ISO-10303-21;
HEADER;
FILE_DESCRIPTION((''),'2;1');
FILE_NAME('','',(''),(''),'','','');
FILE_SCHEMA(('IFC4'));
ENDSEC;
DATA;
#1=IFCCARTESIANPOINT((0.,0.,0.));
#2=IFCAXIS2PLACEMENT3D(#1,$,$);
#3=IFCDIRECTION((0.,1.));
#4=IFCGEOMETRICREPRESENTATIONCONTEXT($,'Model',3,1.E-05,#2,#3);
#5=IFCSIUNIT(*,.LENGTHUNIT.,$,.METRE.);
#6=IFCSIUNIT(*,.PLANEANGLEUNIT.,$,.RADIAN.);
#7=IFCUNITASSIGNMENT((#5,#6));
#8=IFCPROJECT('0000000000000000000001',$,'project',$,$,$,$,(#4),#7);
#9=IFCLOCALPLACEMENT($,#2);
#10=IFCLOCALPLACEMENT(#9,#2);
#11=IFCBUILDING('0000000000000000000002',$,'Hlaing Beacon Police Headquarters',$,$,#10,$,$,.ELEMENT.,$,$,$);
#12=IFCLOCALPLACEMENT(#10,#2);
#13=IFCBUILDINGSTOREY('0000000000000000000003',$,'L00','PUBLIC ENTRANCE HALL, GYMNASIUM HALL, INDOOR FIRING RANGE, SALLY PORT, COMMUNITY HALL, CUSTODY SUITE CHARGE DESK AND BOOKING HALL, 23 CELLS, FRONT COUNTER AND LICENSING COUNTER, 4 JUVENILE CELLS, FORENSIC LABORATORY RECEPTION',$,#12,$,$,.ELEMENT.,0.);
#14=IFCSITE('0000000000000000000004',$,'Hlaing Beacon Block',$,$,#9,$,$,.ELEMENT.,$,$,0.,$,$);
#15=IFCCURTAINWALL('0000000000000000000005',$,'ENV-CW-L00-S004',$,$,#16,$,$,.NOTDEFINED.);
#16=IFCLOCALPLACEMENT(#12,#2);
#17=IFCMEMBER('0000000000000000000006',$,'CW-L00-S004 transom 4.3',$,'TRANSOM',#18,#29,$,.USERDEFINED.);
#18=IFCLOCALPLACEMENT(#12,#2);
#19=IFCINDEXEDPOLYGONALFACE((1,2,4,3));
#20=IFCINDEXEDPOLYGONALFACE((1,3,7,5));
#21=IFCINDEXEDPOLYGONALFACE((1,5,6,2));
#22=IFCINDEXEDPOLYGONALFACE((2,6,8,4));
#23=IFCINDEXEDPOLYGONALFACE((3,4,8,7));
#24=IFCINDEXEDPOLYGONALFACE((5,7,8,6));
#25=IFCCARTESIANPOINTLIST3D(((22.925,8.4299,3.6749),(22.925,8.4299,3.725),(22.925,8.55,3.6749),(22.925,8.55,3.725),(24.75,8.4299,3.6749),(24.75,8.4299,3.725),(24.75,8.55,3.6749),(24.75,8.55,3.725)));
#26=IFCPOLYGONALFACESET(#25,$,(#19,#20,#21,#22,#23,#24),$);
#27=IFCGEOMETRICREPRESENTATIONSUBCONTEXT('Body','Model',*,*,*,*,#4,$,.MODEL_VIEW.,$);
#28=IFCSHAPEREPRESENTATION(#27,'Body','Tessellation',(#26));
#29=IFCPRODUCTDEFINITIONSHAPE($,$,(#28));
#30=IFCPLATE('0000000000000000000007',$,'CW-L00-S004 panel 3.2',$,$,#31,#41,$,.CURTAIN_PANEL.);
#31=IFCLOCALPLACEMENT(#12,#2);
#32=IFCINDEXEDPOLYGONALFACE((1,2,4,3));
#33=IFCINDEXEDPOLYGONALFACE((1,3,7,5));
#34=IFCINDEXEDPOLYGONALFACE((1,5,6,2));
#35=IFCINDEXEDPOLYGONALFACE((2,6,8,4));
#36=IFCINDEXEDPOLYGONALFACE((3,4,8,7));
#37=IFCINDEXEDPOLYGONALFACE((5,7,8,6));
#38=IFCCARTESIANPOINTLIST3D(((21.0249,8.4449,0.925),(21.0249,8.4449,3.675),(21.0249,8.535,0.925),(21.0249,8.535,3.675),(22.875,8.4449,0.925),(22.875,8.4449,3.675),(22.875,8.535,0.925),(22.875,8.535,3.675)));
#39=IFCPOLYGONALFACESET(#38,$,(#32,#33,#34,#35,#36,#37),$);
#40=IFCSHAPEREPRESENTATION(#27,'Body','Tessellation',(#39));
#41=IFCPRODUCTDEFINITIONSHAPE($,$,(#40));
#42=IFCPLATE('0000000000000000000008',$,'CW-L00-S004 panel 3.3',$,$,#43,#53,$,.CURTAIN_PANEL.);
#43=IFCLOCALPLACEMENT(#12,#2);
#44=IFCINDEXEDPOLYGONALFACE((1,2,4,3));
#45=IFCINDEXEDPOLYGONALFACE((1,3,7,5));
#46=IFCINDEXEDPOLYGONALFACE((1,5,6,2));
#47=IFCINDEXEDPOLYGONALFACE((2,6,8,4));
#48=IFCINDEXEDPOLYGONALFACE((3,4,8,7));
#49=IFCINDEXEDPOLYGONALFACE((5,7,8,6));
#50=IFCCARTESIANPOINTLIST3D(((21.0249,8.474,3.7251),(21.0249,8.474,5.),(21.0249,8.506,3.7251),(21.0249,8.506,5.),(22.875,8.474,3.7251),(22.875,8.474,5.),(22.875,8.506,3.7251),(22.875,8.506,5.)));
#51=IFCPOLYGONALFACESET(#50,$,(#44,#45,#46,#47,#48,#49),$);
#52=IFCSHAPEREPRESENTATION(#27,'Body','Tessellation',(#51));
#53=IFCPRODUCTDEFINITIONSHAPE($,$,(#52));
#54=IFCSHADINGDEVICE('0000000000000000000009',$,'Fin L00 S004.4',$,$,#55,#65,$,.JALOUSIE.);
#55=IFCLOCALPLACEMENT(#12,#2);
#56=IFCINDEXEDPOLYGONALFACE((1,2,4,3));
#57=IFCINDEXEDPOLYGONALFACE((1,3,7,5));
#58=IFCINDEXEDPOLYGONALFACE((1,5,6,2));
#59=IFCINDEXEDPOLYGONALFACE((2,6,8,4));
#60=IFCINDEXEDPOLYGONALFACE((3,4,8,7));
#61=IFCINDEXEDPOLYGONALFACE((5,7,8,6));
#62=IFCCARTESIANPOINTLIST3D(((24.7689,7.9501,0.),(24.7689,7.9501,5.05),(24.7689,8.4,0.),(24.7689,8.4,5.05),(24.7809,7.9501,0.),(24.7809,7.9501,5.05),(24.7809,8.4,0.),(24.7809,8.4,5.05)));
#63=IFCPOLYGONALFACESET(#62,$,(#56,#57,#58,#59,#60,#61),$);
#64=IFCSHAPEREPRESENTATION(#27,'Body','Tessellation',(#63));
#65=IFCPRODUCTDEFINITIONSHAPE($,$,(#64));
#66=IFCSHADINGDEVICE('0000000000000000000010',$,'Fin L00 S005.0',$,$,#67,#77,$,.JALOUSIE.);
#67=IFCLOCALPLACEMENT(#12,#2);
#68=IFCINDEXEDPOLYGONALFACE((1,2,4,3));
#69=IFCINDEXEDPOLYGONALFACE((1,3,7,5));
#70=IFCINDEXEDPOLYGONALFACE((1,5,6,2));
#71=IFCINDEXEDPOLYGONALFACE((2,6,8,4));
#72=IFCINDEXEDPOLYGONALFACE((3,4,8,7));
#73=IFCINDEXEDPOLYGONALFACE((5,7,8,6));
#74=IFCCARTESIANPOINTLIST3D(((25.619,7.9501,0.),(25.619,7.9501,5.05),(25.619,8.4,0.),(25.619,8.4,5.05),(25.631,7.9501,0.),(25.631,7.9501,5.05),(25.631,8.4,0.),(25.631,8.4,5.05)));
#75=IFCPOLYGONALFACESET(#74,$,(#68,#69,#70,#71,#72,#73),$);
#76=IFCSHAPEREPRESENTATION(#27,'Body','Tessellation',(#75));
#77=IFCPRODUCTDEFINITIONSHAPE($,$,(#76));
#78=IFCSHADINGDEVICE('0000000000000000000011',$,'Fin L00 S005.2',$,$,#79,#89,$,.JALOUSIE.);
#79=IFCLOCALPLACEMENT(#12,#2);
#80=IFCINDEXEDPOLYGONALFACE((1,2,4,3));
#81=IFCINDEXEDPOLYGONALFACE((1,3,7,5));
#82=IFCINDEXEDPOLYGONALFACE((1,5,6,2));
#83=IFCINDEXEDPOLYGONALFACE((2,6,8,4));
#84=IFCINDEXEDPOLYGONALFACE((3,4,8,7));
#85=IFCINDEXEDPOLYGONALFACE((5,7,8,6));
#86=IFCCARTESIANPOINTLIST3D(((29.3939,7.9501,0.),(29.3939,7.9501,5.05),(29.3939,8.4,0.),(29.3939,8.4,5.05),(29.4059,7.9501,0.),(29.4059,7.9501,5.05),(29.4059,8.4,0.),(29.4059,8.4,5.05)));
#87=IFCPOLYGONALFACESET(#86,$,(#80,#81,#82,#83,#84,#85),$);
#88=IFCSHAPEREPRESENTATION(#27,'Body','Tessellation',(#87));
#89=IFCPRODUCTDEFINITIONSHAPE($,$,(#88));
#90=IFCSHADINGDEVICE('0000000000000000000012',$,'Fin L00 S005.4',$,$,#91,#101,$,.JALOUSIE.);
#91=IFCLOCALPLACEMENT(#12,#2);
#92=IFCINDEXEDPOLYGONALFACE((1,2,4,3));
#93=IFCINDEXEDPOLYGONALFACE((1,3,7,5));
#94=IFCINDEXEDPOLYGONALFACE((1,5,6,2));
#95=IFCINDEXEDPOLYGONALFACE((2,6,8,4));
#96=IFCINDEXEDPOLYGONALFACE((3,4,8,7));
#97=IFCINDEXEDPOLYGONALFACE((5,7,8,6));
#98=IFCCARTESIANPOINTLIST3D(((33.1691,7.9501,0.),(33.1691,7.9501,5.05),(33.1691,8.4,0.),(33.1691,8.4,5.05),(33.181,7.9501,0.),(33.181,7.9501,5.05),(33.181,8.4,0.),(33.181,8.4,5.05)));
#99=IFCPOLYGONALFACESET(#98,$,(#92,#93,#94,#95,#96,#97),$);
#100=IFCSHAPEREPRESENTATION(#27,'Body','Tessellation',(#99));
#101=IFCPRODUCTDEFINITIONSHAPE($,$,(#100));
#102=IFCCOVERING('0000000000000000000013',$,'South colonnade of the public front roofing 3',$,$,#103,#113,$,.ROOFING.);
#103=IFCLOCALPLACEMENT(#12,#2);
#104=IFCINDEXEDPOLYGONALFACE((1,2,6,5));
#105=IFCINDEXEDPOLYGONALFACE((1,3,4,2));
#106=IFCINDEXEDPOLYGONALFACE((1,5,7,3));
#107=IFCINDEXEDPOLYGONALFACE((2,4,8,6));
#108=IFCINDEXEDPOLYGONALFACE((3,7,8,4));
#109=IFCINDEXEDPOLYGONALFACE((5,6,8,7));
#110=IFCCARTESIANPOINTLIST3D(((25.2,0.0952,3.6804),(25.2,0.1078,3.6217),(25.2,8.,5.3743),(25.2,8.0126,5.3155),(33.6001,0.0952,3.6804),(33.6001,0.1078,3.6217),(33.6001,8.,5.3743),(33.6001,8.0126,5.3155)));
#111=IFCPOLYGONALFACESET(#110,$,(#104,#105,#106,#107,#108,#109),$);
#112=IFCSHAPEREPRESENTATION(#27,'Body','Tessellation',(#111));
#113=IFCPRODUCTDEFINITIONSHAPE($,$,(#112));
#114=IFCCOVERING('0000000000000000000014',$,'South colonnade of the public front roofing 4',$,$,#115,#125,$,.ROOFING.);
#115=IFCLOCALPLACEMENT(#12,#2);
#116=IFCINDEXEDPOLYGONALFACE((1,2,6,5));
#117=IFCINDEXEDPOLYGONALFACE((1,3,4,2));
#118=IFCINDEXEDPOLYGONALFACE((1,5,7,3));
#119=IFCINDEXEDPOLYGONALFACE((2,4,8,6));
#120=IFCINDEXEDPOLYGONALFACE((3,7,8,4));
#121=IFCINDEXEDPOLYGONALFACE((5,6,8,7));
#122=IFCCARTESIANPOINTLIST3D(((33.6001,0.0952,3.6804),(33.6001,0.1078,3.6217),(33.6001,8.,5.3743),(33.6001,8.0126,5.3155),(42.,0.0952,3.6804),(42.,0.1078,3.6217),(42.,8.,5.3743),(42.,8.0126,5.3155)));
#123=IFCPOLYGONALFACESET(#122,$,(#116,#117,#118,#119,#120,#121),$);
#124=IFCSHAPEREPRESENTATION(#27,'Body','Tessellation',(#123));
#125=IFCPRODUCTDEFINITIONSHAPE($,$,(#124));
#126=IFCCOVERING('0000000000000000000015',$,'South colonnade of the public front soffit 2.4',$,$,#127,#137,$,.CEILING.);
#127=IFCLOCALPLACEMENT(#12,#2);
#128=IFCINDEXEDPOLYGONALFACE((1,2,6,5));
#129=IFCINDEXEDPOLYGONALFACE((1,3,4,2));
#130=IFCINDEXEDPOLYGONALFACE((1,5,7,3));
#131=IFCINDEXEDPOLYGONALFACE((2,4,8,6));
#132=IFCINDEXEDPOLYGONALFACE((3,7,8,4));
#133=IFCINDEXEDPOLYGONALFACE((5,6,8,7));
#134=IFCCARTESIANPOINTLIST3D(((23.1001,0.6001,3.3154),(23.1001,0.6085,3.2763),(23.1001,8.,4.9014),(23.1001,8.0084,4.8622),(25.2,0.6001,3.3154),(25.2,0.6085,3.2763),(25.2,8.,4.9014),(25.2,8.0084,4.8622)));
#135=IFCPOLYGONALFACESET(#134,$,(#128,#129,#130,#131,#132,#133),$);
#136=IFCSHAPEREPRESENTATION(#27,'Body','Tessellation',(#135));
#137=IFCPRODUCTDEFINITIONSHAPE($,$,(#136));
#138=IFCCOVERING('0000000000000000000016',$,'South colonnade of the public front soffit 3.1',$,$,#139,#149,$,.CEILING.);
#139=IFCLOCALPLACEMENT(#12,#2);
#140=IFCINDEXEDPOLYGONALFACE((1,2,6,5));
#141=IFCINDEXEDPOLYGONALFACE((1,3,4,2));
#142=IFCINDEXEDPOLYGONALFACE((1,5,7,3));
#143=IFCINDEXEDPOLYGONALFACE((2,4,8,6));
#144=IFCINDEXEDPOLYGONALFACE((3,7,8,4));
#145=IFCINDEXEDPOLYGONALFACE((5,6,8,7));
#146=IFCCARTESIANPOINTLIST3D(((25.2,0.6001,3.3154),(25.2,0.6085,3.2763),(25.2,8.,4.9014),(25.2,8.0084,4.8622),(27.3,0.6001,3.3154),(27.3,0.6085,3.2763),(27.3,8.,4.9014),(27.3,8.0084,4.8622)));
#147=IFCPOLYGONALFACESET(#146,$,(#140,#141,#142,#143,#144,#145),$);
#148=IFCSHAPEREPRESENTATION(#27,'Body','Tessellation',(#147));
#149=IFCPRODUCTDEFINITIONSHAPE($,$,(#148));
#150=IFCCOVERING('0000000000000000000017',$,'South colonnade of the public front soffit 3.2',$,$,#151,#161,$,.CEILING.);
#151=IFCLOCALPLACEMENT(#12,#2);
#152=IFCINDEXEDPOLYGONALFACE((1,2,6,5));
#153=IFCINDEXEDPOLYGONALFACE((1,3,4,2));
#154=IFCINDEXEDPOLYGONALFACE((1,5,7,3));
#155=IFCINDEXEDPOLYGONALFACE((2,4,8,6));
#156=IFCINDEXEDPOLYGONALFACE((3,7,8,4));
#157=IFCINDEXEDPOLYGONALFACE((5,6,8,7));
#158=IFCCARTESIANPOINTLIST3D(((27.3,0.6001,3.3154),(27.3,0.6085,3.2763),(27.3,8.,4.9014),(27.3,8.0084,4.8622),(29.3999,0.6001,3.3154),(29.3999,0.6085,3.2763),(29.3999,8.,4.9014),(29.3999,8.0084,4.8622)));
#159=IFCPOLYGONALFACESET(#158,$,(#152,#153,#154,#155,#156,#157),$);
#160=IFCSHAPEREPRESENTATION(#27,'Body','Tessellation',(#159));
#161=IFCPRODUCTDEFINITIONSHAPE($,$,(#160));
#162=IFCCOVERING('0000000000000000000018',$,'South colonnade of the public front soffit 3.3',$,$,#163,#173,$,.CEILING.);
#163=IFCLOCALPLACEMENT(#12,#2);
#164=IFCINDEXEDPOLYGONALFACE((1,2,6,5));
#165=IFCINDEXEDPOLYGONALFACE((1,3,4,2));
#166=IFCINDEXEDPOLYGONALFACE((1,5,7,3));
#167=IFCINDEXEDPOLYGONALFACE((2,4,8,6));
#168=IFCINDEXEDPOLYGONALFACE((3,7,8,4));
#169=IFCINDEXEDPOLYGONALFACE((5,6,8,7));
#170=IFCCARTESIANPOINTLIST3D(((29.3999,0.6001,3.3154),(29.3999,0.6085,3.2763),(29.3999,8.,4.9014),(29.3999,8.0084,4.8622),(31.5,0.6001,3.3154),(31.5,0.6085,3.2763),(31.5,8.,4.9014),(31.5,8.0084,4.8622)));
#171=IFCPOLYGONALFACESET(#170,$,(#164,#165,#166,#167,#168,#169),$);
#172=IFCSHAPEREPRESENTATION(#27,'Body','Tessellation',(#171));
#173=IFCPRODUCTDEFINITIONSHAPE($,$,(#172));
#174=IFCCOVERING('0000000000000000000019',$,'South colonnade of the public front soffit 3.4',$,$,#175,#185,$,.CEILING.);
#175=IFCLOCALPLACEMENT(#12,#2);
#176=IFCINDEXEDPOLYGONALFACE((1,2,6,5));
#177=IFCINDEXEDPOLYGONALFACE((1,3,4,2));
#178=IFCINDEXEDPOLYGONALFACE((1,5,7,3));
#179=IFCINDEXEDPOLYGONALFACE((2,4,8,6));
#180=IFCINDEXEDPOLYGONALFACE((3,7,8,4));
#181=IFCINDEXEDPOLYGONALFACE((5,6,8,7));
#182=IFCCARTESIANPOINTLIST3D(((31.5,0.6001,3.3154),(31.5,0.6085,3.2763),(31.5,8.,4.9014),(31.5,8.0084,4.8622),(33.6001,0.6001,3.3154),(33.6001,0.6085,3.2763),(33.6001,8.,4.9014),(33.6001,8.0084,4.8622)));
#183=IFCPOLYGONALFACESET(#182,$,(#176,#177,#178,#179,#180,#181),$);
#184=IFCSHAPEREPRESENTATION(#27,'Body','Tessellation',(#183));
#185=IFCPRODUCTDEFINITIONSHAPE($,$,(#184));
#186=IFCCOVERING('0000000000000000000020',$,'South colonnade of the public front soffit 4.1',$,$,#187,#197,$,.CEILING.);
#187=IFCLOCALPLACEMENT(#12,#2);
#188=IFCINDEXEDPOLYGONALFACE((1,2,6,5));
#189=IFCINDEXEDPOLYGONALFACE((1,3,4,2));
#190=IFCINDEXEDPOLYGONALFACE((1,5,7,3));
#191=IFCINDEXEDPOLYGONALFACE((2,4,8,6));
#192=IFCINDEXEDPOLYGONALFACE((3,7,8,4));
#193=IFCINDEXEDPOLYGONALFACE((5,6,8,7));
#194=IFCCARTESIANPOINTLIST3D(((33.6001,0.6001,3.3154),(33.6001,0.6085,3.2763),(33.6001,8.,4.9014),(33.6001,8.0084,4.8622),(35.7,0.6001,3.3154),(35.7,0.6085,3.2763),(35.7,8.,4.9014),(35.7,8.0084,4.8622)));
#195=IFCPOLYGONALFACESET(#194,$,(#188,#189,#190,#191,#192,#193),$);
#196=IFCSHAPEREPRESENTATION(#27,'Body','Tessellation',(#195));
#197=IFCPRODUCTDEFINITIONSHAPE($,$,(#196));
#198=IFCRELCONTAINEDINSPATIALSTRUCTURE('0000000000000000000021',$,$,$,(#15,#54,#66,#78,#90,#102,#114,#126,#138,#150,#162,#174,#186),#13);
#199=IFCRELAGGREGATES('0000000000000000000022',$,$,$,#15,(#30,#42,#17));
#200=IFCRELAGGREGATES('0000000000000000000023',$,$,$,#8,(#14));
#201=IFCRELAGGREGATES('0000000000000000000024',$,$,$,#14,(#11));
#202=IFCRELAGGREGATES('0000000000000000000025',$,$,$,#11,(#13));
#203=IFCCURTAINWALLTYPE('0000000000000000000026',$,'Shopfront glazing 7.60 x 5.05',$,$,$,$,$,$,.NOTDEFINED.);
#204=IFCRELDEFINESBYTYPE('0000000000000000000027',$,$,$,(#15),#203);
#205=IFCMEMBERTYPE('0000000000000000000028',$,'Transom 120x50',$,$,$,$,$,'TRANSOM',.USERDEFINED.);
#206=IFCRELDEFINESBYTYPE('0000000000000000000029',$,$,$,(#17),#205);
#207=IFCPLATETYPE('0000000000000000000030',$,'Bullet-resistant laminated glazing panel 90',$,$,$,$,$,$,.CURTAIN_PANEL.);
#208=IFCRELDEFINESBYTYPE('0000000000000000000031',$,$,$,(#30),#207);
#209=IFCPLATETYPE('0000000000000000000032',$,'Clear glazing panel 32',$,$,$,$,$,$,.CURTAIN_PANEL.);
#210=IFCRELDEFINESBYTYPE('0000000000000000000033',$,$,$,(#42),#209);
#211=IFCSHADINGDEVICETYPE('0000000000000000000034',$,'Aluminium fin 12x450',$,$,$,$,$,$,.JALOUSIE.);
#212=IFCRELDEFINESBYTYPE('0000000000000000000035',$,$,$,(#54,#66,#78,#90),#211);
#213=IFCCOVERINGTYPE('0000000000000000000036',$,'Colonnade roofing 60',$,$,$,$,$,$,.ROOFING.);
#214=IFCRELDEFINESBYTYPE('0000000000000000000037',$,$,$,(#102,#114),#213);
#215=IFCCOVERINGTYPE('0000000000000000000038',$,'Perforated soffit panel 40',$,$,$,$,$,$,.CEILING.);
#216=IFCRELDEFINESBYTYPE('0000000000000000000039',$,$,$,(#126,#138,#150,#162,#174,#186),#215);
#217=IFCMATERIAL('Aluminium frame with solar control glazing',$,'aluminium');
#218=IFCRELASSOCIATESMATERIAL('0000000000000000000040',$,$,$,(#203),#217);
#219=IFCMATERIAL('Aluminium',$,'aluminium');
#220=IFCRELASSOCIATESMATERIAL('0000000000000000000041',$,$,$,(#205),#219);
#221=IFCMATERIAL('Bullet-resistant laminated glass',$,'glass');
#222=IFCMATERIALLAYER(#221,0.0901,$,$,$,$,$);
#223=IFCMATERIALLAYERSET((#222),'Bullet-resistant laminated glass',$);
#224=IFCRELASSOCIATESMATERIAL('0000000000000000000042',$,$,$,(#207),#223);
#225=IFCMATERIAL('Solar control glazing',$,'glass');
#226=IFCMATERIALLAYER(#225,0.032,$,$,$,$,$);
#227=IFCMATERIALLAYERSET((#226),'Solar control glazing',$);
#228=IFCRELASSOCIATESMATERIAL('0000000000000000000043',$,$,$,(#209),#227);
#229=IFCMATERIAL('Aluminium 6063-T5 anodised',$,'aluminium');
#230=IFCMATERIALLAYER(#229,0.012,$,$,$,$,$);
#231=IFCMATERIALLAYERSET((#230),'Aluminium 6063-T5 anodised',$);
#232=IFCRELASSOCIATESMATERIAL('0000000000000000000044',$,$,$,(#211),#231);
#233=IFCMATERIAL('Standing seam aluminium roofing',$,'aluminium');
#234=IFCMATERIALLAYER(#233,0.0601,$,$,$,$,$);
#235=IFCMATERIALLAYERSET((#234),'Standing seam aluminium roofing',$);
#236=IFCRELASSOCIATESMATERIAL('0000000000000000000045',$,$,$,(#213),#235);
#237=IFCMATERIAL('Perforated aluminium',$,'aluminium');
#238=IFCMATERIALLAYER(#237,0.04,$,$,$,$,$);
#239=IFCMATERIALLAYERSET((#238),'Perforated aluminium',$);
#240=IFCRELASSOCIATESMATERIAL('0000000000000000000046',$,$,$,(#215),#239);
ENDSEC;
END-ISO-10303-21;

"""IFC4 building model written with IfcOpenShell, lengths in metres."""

from ifc_helpers import new_model, si_unit, direction, frame, origin, origin_2d, place, context, subcontext, project, spatial, polyline, rectangle, outline, extrude, material, layer, layer_set, material_profile, profile_set, type_object, element, aggregate, save


model = new_model("IFC4")

# Units and contexts
model_context = context("Model", 3, precision=1e-05, world=origin(), true_north=direction((0.0, 1.0)))
body_context = subcontext(model_context, "Body", "Model", "MODEL_VIEW")
ifc_project = project(units=[si_unit("LENGTHUNIT", "METRE"), si_unit("PLANEANGLEUNIT", "RADIAN")], contexts=[model_context])

# Site, building, storey
site_placement = place(None, origin())
site = spatial("IfcSite", under=ifc_project, at=site_placement, Name="Hlaing Beacon Block", CompositionType="ELEMENT", RefElevation=0.0)
building_placement = place(site_placement, origin())
building = spatial("IfcBuilding", under=site, at=building_placement, Name="Hlaing Beacon Police Headquarters", CompositionType="ELEMENT")
storey_placement = place(building_placement, origin())
storey = spatial("IfcBuildingStorey", under=building, at=storey_placement, Name="L00", Description="PUBLIC ENTRANCE HALL, GYMNASIUM HALL, INDOOR FIRING RANGE, SALLY PORT, COMMUNITY HALL, CUSTODY SUITE CHARGE DESK AND BOOKING HALL, 23 CELLS, FRONT COUNTER AND LICENSING COUNTER, 4 JUVENILE CELLS, FORENSIC LABORATORY RECEPTION", CompositionType="ELEMENT", Elevation=0.0)

# Curtain wall, member, plates
ifc_material_1 = material(Name="Aluminium frame with solar control glazing", Category="aluminium")
curtain_wall_type = type_object("IfcCurtainWallType", Name="Shopfront glazing 7.60 x 5.05", PredefinedType="NOTDEFINED", material=ifc_material_1)
curtain_wall_placement = place(storey_placement, origin())
curtain_wall = element("IfcCurtainWall", 1, at=curtain_wall_placement, inside=storey, type_object=curtain_wall_type, Name="ENV-CW-L00-S004", PredefinedType="NOTDEFINED")
ifc_material_2 = material(Name="Aluminium", Category="aluminium")
ifc_material_profile_1 = material_profile(ifc_material_2, rectangle(XDim=0.1201, YDim=0.05, at=origin_2d()), Name="Transom 120x50")
ifc_profile_set_1 = profile_set([ifc_material_profile_1], Name="Aluminium")
member_type_1 = type_object("IfcMemberType", Name="Transom 120x50", ElementType="TRANSOM", PredefinedType="USERDEFINED", material=ifc_profile_set_1)
member_1_placement = place(storey_placement, frame((22.925, 8.49, 3.7), z_axis=(1.0, 0.0, 0.0), x_axis=(0.0, 1.0, 0.0)))
member_1 = element("IfcMember", 2, at=member_1_placement, type_object=member_type_1, Name="CW-L00-S004 transom 4.3", ObjectType="TRANSOM", PredefinedType="USERDEFINED", context=body_context, shape_type="SweptSolid", body=[
    extrude(rectangle(XDim=0.1201, YDim=0.05, at=origin_2d()), origin(), (0.0, 0.0, 1.0), 1.825),
])
ifc_material_3 = material(Name="Bullet-resistant laminated glass", Category="glass")
ifc_layer_1 = layer(ifc_material_3, 0.0901)
ifc_layer_set_1 = layer_set([ifc_layer_1], Name="Bullet-resistant laminated glass")
plate_type_1 = type_object("IfcPlateType", Name="Bullet-resistant laminated glazing panel 90", PredefinedType="CURTAIN_PANEL", material=ifc_layer_set_1)
plate_1_placement = place(storey_placement, frame((21.95, 8.49, 0.925), z_axis=(0.0, 0.0, 1.0), x_axis=(1.0, 0.0, 0.0)))
plate_1 = element("IfcPlate", 3, at=plate_1_placement, type_object=plate_type_1, Name="CW-L00-S004 panel 3.2", PredefinedType="CURTAIN_PANEL", context=body_context, shape_type="SweptSolid", body=[
    extrude(rectangle(XDim=1.8501, YDim=0.0901, at=origin_2d()), origin(), (0.0, 0.0, 1.0), 2.75),
])
ifc_material_4 = material(Name="Solar control glazing", Category="glass")
ifc_layer_2 = layer(ifc_material_4, 0.032)
ifc_layer_set_2 = layer_set([ifc_layer_2], Name="Solar control glazing")
plate_type_2 = type_object("IfcPlateType", Name="Clear glazing panel 32", PredefinedType="CURTAIN_PANEL", material=ifc_layer_set_2)
plate_2_placement = place(storey_placement, frame((21.95, 8.49, 3.7251), z_axis=(0.0, 0.0, 1.0), x_axis=(1.0, 0.0, 0.0)))
plate_2 = element("IfcPlate", 4, at=plate_2_placement, type_object=plate_type_2, Name="CW-L00-S004 panel 3.3", PredefinedType="CURTAIN_PANEL", context=body_context, shape_type="SweptSolid", body=[
    extrude(rectangle(XDim=1.8501, YDim=0.032, at=origin_2d()), origin(), (0.0, 0.0, 1.0), 1.2749),
])
aggregate(curtain_wall, [plate_1, plate_2, member_1])

# Shading devices
ifc_material_5 = material(Name="Aluminium 6063-T5 anodised", Category="aluminium")
ifc_layer_3 = layer(ifc_material_5, 0.012)
ifc_layer_set_3 = layer_set([ifc_layer_3], Name="Aluminium 6063-T5 anodised")
shading_device_type = type_object("IfcShadingDeviceType", Name="Aluminium fin 12x450", PredefinedType="JALOUSIE", material=ifc_layer_set_3)
for number, where, z_axis, x_axis, name in (
    (5, (24.7749, 8.175, 0.0), (0.0, 0.0, 1.0), (1.0, 0.0, 0.0), "Fin L00 S004.4"),
    (6, (25.625, 8.175, 0.0), (0.0, 0.0, 1.0), (1.0, 0.0, 0.0), "Fin L00 S005.0"),
    (7, (29.3999, 8.175, 0.0), (0.0, 0.0, 1.0), (1.0, 0.0, 0.0), "Fin L00 S005.2"),
    (8, (33.175, 8.175, 0.0), (0.0, 0.0, 1.0), (1.0, 0.0, 0.0), "Fin L00 S005.4"),
):
    element("IfcShadingDevice", number, at=place(storey_placement, frame(where, z_axis=z_axis, x_axis=x_axis)), inside=storey, type_object=shading_device_type, Name=name, PredefinedType="JALOUSIE", context=body_context, shape_type="SweptSolid", body=[
        extrude(rectangle(XDim=0.012, YDim=0.45, at=origin_2d()), origin(), (0.0, 0.0, 1.0), 5.05),
    ])

# Coverings
ifc_material_6 = material(Name="Standing seam aluminium roofing", Category="aluminium")
ifc_layer_4 = layer(ifc_material_6, 0.0601)
ifc_layer_set_4 = layer_set([ifc_layer_4], Name="Standing seam aluminium roofing")
covering_type_1 = type_object("IfcCoveringType", Name="Colonnade roofing 60", PredefinedType="ROOFING", material=ifc_layer_set_4)
covering_1_placement = place(storey_placement, frame((25.2, 0.0952, 3.6804), z_axis=(0.0, -0.209525, 0.977803), x_axis=(1.0, 0.0, 0.0)))
element("IfcCovering", 9, at=covering_1_placement, inside=storey, type_object=covering_type_1, Name="South colonnade of the public front roofing 3", PredefinedType="ROOFING", context=body_context, shape_type="SweptSolid", body=[
    extrude(outline(polyline([(0.0, 0.0), (8.4001, 0.0), (8.4001, 8.0842), (0.0, 8.0842), (0.0, 0.0)])), origin(), (0.0, 0.0, -1.0), 0.0601),
])
covering_2_placement = place(storey_placement, frame((33.6001, 0.0952, 3.6804), z_axis=(0.0, -0.209525, 0.977803), x_axis=(1.0, 0.0, 0.0)))
element("IfcCovering", 10, at=covering_2_placement, inside=storey, type_object=covering_type_1, Name="South colonnade of the public front roofing 4", PredefinedType="ROOFING", context=body_context, shape_type="SweptSolid", body=[
    extrude(outline(polyline([(0.0, 0.0), (8.3999, 0.0), (8.3999, 8.0842), (0.0, 8.0842), (0.0, 0.0)])), origin(), (0.0, 0.0, -1.0), 0.0601),
])
ifc_material_7 = material(Name="Perforated aluminium", Category="aluminium")
ifc_layer_5 = layer(ifc_material_7, 0.04)
ifc_layer_set_5 = layer_set([ifc_layer_5], Name="Perforated aluminium")
covering_type_2 = type_object("IfcCoveringType", Name="Perforated soffit panel 40", PredefinedType="CEILING", material=ifc_layer_set_5)
covering_3_placement = place(storey_placement, frame((23.1001, 0.6001, 3.3154), z_axis=(0.0, -0.20956, 0.977796), x_axis=(1.0, 0.0, 0.0)))
element("IfcCovering", 11, at=covering_3_placement, inside=storey, type_object=covering_type_2, Name="South colonnade of the public front soffit 2.4", PredefinedType="CEILING", context=body_context, shape_type="SweptSolid", body=[
    extrude(outline(polyline([(0.0, 0.0), (2.0999, 0.0), (2.0999, 7.5679), (0.0, 7.5679), (0.0, 0.0)])), origin(), (0.0, 0.0, -1.0), 0.04),
])
covering_4_placement = place(storey_placement, frame((25.2, 0.6001, 3.3154), z_axis=(0.0, -0.20956, 0.977796), x_axis=(1.0, 0.0, 0.0)))
element("IfcCovering", 12, at=covering_4_placement, inside=storey, type_object=covering_type_2, Name="South colonnade of the public front soffit 3.1", PredefinedType="CEILING", context=body_context, shape_type="SweptSolid", body=[
    extrude(outline(polyline([(0.0, 0.0), (2.1001, 0.0), (2.1001, 7.5679), (0.0, 7.5679), (0.0, 0.0)])), origin(), (0.0, 0.0, -1.0), 0.04),
])
covering_5_placement = place(storey_placement, frame((27.3, 0.6001, 3.3154), z_axis=(0.0, -0.20956, 0.977796), x_axis=(1.0, 0.0, 0.0)))
element("IfcCovering", 13, at=covering_5_placement, inside=storey, type_object=covering_type_2, Name="South colonnade of the public front soffit 3.2", PredefinedType="CEILING", context=body_context, shape_type="SweptSolid", body=[
    extrude(outline(polyline([(0.0, 0.0), (2.0999, 0.0), (2.0999, 7.5679), (0.0, 7.5679), (0.0, 0.0)])), origin(), (0.0, 0.0, -1.0), 0.04),
])
for number, where, z_axis, x_axis, name in (
    (14, (29.3999, 0.6001, 3.3154), (0.0, -0.20956, 0.977796), (1.0, 0.0, 0.0), "South colonnade of the public front soffit 3.3"),
    (15, (31.5, 0.6001, 3.3154), (0.0, -0.20956, 0.977796), (1.0, 0.0, 0.0), "South colonnade of the public front soffit 3.4"),
):
    element("IfcCovering", number, at=place(storey_placement, frame(where, z_axis=z_axis, x_axis=x_axis)), inside=storey, type_object=covering_type_2, Name=name, PredefinedType="CEILING", context=body_context, shape_type="SweptSolid", body=[
        extrude(outline(polyline([(0.0, 0.0), (2.1001, 0.0), (2.1001, 7.5679), (0.0, 7.5679), (0.0, 0.0)])), origin(), (0.0, 0.0, -1.0), 0.04),
    ])
covering_6_placement = place(storey_placement, frame((33.6001, 0.6001, 3.3154), z_axis=(0.0, -0.20956, 0.977796), x_axis=(1.0, 0.0, 0.0)))
element("IfcCovering", 16, at=covering_6_placement, inside=storey, type_object=covering_type_2, Name="South colonnade of the public front soffit 4.1", PredefinedType="CEILING", context=body_context, shape_type="SweptSolid", body=[
    extrude(outline(polyline([(0.0, 0.0), (2.0999, 0.0), (2.0999, 7.5679), (0.0, 7.5679), (0.0, 0.0)])), origin(), (0.0, 0.0, -1.0), 0.04),
])

save(model, "model.ifc")
